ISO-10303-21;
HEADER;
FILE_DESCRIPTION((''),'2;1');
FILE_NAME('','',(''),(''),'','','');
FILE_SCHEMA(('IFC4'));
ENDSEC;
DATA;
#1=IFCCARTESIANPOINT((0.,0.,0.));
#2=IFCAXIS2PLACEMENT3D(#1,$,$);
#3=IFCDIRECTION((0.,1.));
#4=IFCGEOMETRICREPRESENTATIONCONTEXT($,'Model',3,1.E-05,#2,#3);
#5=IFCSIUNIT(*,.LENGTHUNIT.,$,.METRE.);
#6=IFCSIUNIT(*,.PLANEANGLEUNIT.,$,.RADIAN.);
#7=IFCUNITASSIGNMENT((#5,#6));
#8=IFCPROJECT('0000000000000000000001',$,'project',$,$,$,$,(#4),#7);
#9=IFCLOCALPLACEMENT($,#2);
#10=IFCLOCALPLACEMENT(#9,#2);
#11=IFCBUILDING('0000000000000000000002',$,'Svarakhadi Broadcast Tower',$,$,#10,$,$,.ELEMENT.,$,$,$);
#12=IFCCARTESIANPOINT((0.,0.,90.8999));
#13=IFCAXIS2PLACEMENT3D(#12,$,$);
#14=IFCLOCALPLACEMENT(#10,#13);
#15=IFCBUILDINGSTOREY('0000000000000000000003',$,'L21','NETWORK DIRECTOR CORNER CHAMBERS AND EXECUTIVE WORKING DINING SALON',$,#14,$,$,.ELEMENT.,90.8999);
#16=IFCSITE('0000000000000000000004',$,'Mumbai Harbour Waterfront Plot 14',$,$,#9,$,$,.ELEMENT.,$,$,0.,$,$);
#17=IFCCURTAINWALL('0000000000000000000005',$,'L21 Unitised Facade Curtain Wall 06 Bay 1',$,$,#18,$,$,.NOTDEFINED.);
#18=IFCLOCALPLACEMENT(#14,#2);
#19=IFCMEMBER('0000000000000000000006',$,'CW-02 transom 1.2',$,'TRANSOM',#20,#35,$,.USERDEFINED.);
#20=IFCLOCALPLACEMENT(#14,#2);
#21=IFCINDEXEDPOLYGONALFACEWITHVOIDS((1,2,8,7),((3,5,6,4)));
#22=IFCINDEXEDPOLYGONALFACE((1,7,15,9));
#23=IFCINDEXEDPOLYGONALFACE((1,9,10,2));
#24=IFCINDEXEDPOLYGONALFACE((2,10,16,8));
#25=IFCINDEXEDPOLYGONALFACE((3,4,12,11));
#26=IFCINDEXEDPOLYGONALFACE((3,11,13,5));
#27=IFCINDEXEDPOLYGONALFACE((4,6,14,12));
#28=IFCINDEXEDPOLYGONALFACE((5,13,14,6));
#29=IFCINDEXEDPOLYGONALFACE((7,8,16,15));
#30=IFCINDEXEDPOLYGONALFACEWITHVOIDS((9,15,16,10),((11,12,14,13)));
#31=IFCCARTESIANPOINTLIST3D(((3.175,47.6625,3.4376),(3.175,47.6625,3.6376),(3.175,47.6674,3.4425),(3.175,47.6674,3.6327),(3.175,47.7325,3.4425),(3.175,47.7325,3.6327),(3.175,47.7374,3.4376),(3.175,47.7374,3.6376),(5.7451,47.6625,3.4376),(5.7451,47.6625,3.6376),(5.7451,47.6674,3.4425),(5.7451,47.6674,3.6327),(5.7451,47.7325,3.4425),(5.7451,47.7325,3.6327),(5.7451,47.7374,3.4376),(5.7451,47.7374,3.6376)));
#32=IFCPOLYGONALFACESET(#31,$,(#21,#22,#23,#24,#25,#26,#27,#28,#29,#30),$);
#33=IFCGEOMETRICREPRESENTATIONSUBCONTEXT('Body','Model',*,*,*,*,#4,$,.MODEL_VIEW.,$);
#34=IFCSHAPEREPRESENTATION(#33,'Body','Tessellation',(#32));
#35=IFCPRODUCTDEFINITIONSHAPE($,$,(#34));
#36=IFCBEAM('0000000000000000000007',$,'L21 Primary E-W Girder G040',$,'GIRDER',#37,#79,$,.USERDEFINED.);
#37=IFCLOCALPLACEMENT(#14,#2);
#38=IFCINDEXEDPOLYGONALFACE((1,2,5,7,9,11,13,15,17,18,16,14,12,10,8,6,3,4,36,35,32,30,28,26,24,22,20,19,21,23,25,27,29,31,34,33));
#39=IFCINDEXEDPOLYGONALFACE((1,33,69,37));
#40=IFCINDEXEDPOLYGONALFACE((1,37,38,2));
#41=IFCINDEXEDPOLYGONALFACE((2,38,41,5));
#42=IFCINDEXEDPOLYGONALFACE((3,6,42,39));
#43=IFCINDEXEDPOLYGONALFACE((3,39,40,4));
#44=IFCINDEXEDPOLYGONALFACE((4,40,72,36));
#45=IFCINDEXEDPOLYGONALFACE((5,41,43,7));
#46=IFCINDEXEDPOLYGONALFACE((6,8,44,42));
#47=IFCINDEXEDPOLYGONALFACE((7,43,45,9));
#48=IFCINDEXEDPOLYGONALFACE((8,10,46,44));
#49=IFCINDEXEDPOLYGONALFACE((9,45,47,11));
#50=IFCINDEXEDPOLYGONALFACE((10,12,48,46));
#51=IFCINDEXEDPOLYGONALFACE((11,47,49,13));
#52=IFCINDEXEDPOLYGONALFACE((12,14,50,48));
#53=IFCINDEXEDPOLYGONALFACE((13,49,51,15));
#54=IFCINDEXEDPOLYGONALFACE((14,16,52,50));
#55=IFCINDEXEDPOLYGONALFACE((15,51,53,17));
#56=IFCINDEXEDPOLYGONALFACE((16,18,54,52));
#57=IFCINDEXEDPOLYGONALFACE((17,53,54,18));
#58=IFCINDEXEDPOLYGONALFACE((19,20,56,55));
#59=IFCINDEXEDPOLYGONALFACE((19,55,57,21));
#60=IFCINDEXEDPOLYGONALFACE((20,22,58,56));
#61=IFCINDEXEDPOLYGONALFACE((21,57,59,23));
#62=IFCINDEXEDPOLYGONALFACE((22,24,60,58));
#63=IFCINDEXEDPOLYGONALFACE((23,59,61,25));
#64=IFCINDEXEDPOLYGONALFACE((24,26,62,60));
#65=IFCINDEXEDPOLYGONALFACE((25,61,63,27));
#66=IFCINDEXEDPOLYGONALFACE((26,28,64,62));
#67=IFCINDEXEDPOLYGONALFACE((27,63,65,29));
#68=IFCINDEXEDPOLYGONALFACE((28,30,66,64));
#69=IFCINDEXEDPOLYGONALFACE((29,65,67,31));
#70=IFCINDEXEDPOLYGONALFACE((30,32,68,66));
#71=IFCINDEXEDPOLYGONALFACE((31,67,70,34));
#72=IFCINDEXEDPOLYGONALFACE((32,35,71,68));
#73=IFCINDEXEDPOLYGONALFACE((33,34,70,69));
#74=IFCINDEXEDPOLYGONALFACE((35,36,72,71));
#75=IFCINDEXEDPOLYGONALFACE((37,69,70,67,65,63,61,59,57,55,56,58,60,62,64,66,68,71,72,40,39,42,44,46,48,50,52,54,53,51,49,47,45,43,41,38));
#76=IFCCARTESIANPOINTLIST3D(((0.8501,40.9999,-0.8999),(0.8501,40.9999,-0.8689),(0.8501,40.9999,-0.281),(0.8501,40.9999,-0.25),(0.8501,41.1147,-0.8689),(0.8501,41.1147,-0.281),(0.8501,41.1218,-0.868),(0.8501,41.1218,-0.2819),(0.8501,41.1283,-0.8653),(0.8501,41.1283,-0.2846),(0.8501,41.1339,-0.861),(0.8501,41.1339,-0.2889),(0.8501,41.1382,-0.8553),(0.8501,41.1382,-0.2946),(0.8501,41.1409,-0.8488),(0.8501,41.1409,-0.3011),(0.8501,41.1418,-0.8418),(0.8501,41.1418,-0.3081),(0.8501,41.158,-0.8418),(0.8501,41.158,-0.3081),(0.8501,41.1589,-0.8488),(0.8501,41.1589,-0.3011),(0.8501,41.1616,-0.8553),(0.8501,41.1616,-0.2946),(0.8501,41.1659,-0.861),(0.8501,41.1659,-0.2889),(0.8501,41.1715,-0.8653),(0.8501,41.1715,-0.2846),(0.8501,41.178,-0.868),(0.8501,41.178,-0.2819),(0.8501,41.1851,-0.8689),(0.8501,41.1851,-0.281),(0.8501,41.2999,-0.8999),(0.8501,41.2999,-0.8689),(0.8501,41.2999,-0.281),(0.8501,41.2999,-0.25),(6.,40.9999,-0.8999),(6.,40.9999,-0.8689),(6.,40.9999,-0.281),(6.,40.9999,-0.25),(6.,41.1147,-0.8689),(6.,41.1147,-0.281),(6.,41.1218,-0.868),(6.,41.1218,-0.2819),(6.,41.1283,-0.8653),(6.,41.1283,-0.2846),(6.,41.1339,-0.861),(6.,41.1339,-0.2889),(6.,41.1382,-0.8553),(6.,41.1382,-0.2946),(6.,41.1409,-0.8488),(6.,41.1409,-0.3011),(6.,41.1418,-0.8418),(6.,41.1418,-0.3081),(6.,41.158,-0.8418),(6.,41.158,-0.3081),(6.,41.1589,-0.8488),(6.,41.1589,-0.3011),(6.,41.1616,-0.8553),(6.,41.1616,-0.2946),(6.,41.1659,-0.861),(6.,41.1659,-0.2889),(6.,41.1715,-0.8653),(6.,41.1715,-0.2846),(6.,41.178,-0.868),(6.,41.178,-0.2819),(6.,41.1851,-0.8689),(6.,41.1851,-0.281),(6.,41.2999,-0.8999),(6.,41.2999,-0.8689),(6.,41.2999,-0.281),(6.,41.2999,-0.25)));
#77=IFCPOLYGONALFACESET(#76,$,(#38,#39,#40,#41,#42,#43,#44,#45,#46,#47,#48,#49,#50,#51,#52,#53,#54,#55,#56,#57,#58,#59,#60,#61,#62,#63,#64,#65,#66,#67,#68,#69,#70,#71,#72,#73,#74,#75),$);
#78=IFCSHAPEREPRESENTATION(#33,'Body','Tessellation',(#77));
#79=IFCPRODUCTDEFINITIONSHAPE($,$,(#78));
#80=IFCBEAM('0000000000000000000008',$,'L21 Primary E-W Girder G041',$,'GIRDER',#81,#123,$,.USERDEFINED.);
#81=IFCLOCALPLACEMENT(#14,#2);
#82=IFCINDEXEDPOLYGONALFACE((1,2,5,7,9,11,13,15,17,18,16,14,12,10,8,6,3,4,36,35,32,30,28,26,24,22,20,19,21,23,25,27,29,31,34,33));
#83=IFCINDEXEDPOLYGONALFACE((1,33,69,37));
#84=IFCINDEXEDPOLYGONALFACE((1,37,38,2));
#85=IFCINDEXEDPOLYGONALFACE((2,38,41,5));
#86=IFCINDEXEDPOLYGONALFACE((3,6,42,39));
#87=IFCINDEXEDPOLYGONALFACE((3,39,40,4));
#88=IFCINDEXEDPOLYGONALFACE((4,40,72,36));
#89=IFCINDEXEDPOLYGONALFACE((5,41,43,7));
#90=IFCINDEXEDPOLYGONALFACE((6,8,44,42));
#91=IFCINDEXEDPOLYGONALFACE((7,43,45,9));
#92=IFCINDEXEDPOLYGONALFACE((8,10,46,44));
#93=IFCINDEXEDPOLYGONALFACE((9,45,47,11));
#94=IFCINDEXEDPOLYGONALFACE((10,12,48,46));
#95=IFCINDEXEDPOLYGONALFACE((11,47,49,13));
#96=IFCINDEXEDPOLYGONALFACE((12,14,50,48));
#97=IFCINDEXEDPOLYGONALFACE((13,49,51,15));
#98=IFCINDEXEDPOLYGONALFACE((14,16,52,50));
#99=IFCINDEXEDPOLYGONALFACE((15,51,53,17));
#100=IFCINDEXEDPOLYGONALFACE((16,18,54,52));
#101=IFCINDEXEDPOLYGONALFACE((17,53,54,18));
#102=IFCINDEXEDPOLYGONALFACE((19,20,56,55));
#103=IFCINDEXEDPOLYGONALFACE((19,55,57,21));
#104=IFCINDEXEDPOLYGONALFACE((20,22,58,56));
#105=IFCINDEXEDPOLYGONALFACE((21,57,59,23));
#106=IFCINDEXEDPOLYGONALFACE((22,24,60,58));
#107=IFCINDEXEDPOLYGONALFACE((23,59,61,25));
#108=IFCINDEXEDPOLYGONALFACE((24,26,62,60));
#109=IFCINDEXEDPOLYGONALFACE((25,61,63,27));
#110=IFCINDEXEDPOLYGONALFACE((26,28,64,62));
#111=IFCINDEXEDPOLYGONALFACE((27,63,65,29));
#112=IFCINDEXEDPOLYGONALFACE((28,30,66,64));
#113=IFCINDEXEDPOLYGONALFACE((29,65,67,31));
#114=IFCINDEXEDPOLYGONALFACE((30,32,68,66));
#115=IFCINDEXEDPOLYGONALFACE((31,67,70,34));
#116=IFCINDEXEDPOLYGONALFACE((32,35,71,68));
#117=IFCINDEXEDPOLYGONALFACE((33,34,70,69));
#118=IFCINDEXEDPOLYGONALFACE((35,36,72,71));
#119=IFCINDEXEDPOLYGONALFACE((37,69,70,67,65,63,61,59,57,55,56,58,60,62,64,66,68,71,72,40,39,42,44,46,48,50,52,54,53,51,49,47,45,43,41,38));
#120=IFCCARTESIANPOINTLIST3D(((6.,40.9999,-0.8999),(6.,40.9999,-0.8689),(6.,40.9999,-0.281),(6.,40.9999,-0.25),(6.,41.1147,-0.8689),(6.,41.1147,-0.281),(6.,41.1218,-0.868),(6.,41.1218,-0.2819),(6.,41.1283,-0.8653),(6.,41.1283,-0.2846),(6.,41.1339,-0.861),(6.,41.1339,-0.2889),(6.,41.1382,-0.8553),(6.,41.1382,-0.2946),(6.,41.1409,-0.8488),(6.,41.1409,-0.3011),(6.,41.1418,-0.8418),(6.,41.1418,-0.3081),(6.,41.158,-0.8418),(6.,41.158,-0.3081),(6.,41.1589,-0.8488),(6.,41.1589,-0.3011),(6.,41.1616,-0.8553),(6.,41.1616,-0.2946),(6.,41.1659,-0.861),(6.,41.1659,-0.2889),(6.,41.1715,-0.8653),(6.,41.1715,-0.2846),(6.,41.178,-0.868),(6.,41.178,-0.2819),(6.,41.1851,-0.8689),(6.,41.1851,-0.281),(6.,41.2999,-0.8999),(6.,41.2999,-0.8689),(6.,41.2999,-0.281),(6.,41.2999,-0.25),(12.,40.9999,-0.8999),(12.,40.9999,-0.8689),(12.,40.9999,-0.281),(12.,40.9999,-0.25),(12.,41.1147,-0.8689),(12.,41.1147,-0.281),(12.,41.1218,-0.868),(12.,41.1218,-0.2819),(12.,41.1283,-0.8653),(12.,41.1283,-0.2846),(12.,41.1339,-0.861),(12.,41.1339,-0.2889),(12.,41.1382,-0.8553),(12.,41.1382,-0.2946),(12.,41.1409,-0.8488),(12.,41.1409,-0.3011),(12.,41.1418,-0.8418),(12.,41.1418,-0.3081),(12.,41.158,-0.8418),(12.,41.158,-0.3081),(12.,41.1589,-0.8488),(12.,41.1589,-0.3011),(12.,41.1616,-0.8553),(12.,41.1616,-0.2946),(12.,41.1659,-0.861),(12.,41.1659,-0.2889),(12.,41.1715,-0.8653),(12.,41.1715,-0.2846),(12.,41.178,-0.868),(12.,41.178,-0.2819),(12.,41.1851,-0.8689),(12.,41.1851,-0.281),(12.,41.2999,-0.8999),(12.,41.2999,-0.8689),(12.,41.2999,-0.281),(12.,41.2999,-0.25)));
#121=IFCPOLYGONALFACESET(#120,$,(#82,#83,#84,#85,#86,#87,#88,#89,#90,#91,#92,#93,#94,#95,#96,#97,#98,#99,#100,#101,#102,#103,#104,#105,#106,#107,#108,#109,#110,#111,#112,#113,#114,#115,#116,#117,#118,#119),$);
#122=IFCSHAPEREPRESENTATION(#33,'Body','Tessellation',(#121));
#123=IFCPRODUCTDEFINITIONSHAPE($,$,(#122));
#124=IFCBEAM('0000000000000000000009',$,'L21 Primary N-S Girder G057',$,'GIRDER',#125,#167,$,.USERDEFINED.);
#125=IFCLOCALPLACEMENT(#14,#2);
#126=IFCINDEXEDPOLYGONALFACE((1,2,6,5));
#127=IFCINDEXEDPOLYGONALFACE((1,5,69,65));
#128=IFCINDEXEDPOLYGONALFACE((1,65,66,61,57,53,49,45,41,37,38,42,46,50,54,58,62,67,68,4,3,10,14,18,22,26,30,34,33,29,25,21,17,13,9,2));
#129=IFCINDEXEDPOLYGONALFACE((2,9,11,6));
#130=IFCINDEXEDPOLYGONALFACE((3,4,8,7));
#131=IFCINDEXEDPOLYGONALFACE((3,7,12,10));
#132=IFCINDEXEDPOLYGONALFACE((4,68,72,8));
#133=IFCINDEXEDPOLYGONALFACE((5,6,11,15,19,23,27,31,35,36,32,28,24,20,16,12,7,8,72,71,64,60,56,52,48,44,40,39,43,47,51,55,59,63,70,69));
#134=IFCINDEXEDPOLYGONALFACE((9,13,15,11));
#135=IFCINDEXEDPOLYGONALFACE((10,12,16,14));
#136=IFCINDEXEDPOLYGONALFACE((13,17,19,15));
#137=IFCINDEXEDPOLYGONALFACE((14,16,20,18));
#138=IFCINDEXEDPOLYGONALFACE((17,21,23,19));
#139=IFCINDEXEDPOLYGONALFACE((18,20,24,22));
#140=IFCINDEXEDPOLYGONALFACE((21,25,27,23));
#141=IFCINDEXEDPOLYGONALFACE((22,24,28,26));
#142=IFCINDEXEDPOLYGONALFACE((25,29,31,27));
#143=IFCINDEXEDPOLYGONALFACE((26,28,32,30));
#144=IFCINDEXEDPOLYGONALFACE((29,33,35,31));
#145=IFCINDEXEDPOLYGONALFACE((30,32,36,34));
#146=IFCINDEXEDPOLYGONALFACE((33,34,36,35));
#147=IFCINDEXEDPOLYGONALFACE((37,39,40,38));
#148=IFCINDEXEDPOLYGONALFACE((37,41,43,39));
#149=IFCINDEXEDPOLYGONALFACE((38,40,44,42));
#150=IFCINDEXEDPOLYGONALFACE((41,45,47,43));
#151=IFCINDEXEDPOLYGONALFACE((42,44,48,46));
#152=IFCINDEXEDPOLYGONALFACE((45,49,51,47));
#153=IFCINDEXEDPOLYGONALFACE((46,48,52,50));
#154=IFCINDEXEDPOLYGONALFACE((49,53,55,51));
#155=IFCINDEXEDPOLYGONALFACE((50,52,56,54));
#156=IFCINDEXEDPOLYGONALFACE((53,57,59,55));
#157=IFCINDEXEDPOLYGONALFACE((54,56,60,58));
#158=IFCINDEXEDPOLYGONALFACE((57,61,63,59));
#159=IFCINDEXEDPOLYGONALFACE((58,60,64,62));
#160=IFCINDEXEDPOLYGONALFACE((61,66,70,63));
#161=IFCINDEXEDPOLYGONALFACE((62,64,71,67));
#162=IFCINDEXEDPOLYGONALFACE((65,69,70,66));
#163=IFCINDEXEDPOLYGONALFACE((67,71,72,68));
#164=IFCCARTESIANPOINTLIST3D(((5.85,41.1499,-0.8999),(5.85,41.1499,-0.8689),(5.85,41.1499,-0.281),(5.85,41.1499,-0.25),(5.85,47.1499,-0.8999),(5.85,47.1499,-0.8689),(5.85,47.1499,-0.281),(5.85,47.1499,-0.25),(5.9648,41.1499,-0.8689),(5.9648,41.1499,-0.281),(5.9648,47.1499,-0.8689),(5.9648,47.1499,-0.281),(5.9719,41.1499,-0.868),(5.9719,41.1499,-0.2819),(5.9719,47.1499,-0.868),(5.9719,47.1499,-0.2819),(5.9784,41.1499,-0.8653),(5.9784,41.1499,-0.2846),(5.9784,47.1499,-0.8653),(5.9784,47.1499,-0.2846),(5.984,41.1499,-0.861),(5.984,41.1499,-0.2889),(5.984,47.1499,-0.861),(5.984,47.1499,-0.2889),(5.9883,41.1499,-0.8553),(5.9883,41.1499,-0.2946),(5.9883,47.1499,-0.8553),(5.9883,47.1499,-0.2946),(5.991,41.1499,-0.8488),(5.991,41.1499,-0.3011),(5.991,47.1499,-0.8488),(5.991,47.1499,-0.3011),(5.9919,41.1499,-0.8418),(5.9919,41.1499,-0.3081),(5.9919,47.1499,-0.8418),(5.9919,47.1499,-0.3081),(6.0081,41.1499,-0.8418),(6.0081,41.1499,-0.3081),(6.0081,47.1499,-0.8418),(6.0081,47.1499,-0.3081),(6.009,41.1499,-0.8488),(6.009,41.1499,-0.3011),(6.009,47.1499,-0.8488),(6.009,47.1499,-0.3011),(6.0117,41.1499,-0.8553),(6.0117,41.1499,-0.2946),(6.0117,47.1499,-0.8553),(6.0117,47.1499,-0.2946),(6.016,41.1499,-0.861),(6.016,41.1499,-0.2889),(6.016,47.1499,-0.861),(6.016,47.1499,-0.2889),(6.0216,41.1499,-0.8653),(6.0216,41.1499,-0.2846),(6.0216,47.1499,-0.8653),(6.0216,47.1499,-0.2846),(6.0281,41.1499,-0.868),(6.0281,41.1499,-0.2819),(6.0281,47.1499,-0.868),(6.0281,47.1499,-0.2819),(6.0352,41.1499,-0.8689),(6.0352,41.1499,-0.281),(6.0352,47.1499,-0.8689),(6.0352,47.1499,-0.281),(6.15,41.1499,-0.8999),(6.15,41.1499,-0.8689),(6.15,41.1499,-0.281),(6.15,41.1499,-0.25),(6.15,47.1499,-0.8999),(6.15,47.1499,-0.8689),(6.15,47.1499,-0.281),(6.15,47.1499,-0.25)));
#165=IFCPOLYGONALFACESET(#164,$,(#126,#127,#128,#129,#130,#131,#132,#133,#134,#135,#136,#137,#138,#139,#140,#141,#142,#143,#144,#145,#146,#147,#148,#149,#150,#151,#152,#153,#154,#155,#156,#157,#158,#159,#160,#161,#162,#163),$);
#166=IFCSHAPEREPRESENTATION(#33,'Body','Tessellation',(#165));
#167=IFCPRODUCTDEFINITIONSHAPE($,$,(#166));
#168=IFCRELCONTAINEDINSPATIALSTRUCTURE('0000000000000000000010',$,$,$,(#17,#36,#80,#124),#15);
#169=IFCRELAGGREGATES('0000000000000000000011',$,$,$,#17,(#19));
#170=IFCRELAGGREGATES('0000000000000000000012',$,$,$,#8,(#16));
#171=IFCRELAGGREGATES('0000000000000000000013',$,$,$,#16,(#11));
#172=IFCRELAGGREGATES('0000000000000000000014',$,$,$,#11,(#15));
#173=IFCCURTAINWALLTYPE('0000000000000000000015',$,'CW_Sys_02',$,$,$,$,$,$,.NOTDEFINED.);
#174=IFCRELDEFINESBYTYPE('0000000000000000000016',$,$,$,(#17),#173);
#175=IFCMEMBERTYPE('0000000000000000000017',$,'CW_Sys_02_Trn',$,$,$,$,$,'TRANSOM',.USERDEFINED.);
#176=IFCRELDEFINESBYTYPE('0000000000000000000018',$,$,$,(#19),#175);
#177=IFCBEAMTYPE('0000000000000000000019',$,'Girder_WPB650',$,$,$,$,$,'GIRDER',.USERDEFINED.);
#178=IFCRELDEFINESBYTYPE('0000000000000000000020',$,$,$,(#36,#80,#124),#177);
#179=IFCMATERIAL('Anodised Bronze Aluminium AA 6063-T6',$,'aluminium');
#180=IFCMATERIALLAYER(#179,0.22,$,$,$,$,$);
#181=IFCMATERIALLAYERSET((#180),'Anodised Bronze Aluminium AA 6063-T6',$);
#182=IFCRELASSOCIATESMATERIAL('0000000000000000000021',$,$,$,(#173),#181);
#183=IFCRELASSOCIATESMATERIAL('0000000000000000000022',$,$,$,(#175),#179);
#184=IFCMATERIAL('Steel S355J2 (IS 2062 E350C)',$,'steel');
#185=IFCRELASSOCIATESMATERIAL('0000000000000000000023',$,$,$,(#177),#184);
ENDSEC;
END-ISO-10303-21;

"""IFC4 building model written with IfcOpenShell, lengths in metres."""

from ifc_helpers import new_model, si_unit, direction, frame, origin, origin_2d, place, context, subcontext, project, spatial, hollow_rectangle, i_section, extrude, material, layer, layer_set, material_profile, profile_set, type_object, element, aggregate, save


model = new_model("IFC4")

# Units and contexts
model_context = context("Model", 3, precision=1e-05, world=origin(), true_north=direction((0.0, 1.0)))
body_context = subcontext(model_context, "Body", "Model", "MODEL_VIEW")
ifc_project = project(units=[si_unit("LENGTHUNIT", "METRE"), si_unit("PLANEANGLEUNIT", "RADIAN")], contexts=[model_context])

# Site, building, storey
site_placement = place(None, origin())
site = spatial("IfcSite", under=ifc_project, at=site_placement, Name="Mumbai Harbour Waterfront Plot 14", CompositionType="ELEMENT", RefElevation=0.0)
building_placement = place(site_placement, origin())
building = spatial("IfcBuilding", under=site, at=building_placement, Name="Svarakhadi Broadcast Tower", CompositionType="ELEMENT")
storey_placement = place(building_placement, frame((0.0, 0.0, 90.8999)))
storey = spatial("IfcBuildingStorey", under=building, at=storey_placement, Name="L21", Description="NETWORK DIRECTOR CORNER CHAMBERS AND EXECUTIVE WORKING DINING SALON", CompositionType="ELEMENT", Elevation=90.8999)

# Shared definitions
ifc_material_1 = material(Name="Steel S355J2 (IS 2062 E350C)", Category="steel")

# Curtain wall
ifc_material_2 = material(Name="Anodised Bronze Aluminium AA 6063-T6", Category="aluminium")
ifc_layer_1 = layer(ifc_material_2, 0.22)
ifc_layer_set_1 = layer_set([ifc_layer_1], Name="Anodised Bronze Aluminium AA 6063-T6")
curtain_wall_type = type_object("IfcCurtainWallType", Name="CW_Sys_02", PredefinedType="NOTDEFINED", material=ifc_layer_set_1)
curtain_wall_1_placement = place(storey_placement, origin())
curtain_wall_1 = element("IfcCurtainWall", 1, at=curtain_wall_1_placement, inside=storey, type_object=curtain_wall_type, Name="L21 Unitised Facade Curtain Wall 06 Bay 1", PredefinedType="NOTDEFINED")

# Member
ifc_material_profile_1 = material_profile(ifc_material_2, hollow_rectangle(XDim=0.075, YDim=0.2, WallThickness=0.0049, at=origin_2d()), Name="ALU TRANSOM 200x75x5")
ifc_profile_set_1 = profile_set([ifc_material_profile_1], Name="Anodised Bronze Aluminium AA 6063-T6")
member_type_1 = type_object("IfcMemberType", Name="CW_Sys_02_Trn", ElementType="TRANSOM", PredefinedType="USERDEFINED", material=ifc_profile_set_1)
member_1_placement = place(storey_placement, frame((3.175, 47.7, 3.5376), z_axis=(1.0, 0.0, 0.0), x_axis=(0.0, 1.0, 0.0)))
member_1 = element("IfcMember", 2, at=member_1_placement, type_object=member_type_1, Name="CW-02 transom 1.2", ObjectType="TRANSOM", PredefinedType="USERDEFINED", context=body_context, shape_type="SweptSolid", body=[
    extrude(hollow_rectangle(XDim=0.075, YDim=0.2, WallThickness=0.0049, at=origin_2d()), origin(), (0.0, 0.0, 1.0), 2.5701),
])

# Beams
ifc_material_profile_2 = material_profile(ifc_material_1, i_section(OverallWidth=0.3, OverallDepth=0.6499, WebThickness=0.0161, FlangeThickness=0.031, FilletRadius=0.0271, at=origin_2d()), Name="WPB 650x300x225")
ifc_profile_set_2 = profile_set([ifc_material_profile_2], Name="Steel S355J2 (IS 2062 E350C)")
beam_type_1 = type_object("IfcBeamType", Name="Girder_WPB650", ElementType="GIRDER", PredefinedType="USERDEFINED", material=ifc_profile_set_2)
beam_1_placement = place(storey_placement, frame((0.8501, 41.1499, -0.575), z_axis=(1.0, 0.0, 0.0), x_axis=(0.0, 1.0, 0.0)))
element("IfcBeam", 3, at=beam_1_placement, inside=storey, type_object=beam_type_1, Name="L21 Primary E-W Girder G040", ObjectType="GIRDER", PredefinedType="USERDEFINED", context=body_context, shape_type="SweptSolid", body=[
    extrude(i_section(OverallWidth=0.3, OverallDepth=0.6499, WebThickness=0.0161, FlangeThickness=0.031, FilletRadius=0.0271, at=origin_2d()), origin(), (0.0, 0.0, 1.0), 5.1499),
])
for number, where, z_axis, x_axis, name in (
    (4, (6.0, 41.1499, -0.575), (1.0, 0.0, 0.0), (0.0, 1.0, 0.0), "L21 Primary E-W Girder G041"),
    (5, (6.0, 41.1499, -0.575), (0.0, 1.0, 0.0), (-1.0, 0.0, 0.0), "L21 Primary N-S Girder G057"),
):
    element("IfcBeam", number, at=place(storey_placement, frame(where, z_axis=z_axis, x_axis=x_axis)), inside=storey, type_object=beam_type_1, Name=name, ObjectType="GIRDER", PredefinedType="USERDEFINED", context=body_context, shape_type="SweptSolid", body=[
        extrude(i_section(OverallWidth=0.3, OverallDepth=0.6499, WebThickness=0.0161, FlangeThickness=0.031, FilletRadius=0.0271, at=origin_2d()), origin(), (0.0, 0.0, 1.0), 6.0),
    ])

aggregate(curtain_wall_1, [member_1])

save(model, "model.ifc")
